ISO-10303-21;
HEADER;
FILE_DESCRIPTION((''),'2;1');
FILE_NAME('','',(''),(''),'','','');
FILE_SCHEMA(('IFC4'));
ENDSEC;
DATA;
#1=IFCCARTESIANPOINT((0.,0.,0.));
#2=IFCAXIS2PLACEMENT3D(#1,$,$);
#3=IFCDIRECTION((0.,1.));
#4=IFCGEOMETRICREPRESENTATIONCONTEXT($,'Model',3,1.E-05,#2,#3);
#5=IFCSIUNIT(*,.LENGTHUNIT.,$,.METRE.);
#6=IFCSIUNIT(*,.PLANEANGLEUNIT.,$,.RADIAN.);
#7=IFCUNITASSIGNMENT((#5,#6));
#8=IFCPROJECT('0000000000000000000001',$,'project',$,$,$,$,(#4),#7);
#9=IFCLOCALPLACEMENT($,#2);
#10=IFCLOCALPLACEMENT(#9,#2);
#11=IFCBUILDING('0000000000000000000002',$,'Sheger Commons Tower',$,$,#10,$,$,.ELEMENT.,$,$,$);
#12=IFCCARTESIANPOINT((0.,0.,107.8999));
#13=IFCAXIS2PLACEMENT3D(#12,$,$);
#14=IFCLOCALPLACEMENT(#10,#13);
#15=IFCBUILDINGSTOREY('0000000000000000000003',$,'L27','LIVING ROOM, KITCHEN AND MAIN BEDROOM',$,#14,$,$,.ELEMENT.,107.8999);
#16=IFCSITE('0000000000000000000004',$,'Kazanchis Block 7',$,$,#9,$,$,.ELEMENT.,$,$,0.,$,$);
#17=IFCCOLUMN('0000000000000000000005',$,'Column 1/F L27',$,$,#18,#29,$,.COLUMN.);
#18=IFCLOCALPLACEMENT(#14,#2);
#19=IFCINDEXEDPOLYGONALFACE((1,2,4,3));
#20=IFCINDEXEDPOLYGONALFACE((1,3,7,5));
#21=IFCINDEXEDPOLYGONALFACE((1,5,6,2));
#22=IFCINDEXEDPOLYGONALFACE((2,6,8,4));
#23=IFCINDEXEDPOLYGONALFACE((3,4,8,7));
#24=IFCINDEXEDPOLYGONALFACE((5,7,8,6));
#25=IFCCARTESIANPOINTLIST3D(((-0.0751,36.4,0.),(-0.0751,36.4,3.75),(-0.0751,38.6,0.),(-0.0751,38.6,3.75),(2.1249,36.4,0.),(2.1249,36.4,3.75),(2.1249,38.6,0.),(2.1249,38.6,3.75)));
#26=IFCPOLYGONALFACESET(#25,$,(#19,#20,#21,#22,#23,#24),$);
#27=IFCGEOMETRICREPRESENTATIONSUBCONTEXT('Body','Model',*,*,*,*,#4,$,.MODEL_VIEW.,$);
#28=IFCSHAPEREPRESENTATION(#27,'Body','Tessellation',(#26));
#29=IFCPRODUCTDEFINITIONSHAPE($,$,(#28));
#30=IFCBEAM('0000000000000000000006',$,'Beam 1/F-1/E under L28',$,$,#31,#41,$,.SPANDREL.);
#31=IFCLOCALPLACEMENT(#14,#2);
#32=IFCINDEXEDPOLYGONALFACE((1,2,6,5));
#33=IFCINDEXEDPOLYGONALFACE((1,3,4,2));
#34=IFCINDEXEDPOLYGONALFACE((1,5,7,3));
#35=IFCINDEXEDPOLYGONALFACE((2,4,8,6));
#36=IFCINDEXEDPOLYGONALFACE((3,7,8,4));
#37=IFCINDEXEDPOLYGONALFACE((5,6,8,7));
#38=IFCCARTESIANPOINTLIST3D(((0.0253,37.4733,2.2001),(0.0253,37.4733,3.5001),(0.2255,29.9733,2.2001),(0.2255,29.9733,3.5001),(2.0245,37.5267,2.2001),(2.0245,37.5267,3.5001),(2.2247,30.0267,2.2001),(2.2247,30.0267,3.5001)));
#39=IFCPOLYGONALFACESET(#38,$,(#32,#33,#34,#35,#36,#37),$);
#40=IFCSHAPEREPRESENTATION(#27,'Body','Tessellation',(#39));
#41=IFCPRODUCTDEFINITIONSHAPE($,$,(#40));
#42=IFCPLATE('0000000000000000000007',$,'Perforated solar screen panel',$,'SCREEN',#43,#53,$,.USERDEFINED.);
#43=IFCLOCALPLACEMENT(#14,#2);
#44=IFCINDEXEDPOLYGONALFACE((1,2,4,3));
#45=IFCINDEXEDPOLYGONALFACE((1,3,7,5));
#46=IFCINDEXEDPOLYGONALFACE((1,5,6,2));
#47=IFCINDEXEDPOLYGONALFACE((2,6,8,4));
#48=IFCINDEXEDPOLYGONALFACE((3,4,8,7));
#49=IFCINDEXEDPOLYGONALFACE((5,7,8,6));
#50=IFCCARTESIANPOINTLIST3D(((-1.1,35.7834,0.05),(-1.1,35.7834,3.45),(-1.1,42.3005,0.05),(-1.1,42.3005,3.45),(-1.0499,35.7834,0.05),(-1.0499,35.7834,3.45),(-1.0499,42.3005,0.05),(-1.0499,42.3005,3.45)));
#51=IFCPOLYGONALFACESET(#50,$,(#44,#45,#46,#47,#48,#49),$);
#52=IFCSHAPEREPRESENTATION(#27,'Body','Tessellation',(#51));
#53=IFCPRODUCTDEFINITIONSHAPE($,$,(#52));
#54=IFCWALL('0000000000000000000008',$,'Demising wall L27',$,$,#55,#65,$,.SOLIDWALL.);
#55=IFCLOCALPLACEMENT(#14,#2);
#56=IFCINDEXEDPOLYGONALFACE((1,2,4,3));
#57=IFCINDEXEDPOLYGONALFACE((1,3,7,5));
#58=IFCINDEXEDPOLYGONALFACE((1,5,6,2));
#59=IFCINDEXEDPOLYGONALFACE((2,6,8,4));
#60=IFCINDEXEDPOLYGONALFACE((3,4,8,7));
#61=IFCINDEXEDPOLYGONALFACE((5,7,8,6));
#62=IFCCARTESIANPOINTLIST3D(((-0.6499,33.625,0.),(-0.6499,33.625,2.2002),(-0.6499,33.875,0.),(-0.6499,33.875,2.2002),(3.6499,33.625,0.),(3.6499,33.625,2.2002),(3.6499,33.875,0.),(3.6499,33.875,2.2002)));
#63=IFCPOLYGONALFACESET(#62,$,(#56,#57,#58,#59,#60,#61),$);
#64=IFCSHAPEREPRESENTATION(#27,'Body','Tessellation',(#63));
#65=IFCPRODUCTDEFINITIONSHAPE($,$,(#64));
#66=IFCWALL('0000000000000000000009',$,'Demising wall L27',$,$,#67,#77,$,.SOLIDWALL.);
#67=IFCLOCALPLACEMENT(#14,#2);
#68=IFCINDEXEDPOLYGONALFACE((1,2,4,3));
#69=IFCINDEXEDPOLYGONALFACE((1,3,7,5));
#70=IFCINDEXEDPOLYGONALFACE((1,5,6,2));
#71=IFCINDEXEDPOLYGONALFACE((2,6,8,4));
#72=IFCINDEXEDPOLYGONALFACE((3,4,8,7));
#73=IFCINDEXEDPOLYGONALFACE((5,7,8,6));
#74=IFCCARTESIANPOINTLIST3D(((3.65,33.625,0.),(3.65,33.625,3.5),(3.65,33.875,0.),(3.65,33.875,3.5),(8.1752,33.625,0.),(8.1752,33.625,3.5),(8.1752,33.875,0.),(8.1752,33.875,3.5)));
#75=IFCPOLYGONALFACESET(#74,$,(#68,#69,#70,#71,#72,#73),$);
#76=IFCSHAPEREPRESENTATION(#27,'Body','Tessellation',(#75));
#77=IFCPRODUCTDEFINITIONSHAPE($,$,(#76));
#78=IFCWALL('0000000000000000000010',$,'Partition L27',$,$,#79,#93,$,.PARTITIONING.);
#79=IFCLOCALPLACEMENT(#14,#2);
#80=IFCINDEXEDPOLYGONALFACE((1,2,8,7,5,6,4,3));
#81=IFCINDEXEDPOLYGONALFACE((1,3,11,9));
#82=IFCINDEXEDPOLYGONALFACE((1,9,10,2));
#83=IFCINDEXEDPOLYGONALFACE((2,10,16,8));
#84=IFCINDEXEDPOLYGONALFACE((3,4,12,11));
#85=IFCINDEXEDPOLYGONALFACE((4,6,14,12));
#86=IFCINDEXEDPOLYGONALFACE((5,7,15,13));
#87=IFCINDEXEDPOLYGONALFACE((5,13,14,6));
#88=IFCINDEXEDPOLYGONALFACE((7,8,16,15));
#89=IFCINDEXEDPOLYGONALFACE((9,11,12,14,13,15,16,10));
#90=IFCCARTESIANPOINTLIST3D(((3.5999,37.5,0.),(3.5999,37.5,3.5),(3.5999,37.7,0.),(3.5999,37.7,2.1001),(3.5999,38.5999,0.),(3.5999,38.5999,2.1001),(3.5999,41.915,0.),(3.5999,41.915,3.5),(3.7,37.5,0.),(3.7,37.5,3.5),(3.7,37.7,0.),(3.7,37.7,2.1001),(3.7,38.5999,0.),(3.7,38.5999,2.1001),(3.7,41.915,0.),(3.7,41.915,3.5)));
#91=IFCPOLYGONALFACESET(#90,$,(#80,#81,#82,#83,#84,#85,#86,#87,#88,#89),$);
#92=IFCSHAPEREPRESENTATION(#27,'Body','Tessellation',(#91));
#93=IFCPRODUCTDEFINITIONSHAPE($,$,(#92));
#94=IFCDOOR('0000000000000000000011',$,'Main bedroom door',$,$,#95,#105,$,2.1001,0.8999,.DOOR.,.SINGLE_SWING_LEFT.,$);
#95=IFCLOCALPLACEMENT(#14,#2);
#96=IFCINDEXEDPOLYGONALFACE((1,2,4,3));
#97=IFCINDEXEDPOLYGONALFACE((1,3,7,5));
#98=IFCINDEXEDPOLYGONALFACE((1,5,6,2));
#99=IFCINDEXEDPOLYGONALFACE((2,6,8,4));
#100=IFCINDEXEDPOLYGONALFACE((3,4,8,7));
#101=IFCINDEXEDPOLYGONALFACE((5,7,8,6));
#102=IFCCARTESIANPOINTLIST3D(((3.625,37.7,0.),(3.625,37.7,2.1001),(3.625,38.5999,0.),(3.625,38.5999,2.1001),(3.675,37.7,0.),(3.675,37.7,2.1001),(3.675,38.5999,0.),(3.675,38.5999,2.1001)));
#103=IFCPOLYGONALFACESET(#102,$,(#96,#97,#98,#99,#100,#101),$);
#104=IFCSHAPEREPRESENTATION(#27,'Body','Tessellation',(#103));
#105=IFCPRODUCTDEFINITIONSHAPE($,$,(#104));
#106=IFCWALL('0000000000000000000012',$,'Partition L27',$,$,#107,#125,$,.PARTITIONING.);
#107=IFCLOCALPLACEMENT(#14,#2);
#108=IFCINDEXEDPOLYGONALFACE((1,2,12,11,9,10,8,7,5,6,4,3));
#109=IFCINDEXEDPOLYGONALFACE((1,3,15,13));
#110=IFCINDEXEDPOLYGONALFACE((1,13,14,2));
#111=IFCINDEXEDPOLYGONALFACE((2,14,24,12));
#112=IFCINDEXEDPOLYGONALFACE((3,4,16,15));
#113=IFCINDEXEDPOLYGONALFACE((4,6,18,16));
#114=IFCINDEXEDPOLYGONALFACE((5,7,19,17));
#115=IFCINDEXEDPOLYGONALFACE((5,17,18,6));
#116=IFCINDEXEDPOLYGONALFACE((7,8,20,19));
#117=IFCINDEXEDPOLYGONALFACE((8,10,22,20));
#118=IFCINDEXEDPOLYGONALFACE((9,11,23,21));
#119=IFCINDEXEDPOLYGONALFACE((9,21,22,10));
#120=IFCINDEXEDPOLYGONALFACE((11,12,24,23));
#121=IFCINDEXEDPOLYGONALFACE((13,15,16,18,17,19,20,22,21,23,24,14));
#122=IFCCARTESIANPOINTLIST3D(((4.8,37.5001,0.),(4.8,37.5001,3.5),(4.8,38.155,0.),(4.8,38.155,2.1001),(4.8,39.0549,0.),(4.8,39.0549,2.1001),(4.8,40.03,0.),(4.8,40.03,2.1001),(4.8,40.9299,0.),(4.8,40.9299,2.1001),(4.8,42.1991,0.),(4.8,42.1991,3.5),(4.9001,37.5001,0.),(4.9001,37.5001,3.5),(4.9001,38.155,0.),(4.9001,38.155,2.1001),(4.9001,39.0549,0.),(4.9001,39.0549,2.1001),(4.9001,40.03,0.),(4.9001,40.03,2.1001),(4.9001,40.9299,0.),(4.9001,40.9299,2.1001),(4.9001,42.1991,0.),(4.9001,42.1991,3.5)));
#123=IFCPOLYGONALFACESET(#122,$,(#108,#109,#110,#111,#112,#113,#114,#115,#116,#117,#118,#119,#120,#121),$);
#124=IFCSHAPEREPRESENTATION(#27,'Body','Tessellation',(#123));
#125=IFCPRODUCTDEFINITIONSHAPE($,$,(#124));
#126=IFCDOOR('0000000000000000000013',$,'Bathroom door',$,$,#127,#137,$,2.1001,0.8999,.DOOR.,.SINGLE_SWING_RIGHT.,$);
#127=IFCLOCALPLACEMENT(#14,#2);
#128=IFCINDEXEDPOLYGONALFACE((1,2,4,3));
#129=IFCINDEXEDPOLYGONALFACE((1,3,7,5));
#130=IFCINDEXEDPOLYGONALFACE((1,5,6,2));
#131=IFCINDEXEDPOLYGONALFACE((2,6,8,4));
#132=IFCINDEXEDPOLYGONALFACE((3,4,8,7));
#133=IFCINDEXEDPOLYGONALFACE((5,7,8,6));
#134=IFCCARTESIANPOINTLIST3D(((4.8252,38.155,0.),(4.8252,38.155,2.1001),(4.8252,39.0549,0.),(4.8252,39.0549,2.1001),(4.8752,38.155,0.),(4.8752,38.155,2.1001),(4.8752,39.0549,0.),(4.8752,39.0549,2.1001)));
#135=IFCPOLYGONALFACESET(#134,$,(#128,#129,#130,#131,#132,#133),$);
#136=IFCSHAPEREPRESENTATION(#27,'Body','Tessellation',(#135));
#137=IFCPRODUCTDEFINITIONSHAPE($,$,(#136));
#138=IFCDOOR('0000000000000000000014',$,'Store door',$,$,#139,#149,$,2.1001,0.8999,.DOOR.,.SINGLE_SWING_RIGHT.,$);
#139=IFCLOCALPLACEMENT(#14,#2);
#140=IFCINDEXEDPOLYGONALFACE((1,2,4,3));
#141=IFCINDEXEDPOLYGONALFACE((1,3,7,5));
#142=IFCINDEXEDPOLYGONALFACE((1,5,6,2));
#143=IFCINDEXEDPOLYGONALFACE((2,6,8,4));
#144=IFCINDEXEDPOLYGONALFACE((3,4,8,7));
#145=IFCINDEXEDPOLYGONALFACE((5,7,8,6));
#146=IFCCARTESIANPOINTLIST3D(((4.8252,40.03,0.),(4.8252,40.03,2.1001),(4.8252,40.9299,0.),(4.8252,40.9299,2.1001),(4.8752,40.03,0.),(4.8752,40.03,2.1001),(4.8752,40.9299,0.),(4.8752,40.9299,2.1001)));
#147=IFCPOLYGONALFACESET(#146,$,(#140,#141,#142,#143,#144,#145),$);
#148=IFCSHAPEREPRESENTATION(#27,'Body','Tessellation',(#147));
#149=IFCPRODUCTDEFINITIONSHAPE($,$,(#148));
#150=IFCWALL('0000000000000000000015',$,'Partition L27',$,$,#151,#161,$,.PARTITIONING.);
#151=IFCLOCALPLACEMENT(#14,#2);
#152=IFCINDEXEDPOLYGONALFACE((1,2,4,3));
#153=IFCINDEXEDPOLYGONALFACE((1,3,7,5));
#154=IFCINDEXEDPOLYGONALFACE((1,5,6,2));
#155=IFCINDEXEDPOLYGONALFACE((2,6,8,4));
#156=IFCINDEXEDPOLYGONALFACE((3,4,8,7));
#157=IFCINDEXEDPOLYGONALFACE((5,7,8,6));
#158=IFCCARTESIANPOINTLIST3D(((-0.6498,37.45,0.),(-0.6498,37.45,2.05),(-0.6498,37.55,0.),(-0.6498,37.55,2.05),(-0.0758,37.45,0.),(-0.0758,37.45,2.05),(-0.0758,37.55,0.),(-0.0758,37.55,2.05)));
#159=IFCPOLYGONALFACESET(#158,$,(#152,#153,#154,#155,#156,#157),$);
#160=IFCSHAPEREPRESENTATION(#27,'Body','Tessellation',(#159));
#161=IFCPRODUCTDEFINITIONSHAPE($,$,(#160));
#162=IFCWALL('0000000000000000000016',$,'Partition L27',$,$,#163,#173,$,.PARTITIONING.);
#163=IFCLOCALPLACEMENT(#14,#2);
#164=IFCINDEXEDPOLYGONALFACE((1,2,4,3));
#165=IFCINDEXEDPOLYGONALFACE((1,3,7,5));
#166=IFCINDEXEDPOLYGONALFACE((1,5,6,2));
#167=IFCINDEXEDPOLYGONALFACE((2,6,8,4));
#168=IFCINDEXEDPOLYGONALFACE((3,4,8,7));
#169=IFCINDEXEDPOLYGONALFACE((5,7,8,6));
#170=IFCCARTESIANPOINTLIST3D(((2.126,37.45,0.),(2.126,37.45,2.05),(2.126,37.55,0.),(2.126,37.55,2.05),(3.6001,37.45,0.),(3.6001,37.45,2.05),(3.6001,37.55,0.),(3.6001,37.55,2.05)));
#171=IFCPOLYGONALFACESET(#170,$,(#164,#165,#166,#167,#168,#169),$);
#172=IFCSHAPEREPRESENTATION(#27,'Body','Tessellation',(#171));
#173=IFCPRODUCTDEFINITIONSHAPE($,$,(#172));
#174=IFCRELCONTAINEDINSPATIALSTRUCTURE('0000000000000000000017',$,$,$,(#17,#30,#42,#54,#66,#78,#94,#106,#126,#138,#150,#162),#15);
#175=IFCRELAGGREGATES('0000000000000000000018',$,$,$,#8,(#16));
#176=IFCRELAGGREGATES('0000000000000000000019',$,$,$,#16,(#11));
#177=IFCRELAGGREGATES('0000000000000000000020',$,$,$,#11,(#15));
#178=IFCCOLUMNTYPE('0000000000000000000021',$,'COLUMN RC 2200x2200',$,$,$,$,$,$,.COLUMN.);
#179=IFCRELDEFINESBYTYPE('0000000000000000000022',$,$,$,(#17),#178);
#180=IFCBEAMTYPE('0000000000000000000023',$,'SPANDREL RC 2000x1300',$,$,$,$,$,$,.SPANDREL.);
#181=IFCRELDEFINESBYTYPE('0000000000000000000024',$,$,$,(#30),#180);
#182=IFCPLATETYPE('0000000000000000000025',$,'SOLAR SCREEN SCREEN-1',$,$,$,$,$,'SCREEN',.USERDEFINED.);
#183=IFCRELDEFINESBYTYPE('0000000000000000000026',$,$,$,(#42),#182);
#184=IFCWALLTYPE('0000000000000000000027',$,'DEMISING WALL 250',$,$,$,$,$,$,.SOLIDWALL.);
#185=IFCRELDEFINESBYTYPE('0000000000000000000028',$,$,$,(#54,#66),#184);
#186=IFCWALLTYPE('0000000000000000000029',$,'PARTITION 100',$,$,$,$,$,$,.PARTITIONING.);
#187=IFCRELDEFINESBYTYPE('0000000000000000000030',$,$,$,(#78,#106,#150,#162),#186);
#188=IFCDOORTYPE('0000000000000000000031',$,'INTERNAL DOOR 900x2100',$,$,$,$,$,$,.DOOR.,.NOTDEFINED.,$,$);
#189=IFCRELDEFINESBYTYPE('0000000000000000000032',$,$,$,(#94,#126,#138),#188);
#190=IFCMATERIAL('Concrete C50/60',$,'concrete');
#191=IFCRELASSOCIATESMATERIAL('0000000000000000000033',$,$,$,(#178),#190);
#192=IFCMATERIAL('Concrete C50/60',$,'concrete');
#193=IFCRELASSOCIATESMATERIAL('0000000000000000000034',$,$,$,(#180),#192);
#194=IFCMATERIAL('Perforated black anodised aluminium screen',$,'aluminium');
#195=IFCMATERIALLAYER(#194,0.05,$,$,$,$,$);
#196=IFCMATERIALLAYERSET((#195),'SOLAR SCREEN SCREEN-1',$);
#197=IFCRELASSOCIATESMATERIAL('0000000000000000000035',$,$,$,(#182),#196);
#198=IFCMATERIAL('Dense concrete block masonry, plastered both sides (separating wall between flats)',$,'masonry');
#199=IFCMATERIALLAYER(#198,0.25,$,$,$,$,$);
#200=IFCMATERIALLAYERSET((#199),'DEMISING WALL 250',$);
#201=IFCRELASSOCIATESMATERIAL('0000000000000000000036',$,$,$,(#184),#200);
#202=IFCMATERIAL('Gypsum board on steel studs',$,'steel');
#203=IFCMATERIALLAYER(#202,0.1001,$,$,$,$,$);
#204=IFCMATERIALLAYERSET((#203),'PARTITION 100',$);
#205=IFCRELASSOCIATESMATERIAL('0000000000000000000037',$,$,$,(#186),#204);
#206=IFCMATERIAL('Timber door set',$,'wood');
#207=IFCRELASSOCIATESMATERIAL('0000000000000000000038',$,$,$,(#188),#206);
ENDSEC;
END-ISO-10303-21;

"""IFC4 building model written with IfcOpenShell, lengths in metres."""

from ifc_helpers import new_model, si_unit, direction, frame, frame_2d, origin, origin_2d, place, context, subcontext, project, spatial, rectangle, extrude, material, layer, layer_set, material_profile, profile_set, type_object, element, fill, save


model = new_model("IFC4")

# Units and contexts
model_context = context("Model", 3, precision=1e-05, world=origin(), true_north=direction((0.0, 1.0)))
body_context = subcontext(model_context, "Body", "Model", "MODEL_VIEW")
ifc_project = project(units=[si_unit("LENGTHUNIT", "METRE"), si_unit("PLANEANGLEUNIT", "RADIAN")], contexts=[model_context])

# Site, building, storey
site_placement = place(None, origin())
site = spatial("IfcSite", under=ifc_project, at=site_placement, Name="Kazanchis Block 7", CompositionType="ELEMENT", RefElevation=0.0)
building_placement = place(site_placement, origin())
building = spatial("IfcBuilding", under=site, at=building_placement, Name="Sheger Commons Tower", CompositionType="ELEMENT")
storey_placement = place(building_placement, frame((0.0, 0.0, 107.8999)))
storey = spatial("IfcBuildingStorey", under=building, at=storey_placement, Name="L27", Description="LIVING ROOM, KITCHEN AND MAIN BEDROOM", CompositionType="ELEMENT", Elevation=107.8999)

# Column
ifc_material_1 = material(Name="Concrete C50/60", Category="concrete")
ifc_material_profile_1 = material_profile(ifc_material_1, rectangle(XDim=2.2, YDim=2.2, at=origin_2d()), Name="RC 2200x2200")
ifc_profile_set_1 = profile_set([ifc_material_profile_1], Name="Concrete C50/60")
column_type = type_object("IfcColumnType", Name="COLUMN RC 2200x2200", PredefinedType="COLUMN", material=ifc_profile_set_1)
column_placement = place(storey_placement, frame((1.0249, 37.5, 0.0), z_axis=(0.0, 0.0, 1.0), x_axis=(1.0, 0.0, 0.0)))
element("IfcColumn", 1, at=column_placement, inside=storey, type_object=column_type, Name="Column 1/F L27", PredefinedType="COLUMN", context=body_context, shape_type="SweptSolid", body=[
    extrude(rectangle(XDim=2.2, YDim=2.2, at=origin_2d()), origin(), (0.0, 0.0, 1.0), 3.75),
])

# Beam
ifc_material_2 = material(Name="Concrete C50/60", Category="concrete")
ifc_material_profile_2 = material_profile(ifc_material_2, rectangle(XDim=2.0, YDim=1.3, at=origin_2d()), Name="RC 2000x1300")
ifc_profile_set_2 = profile_set([ifc_material_profile_2], Name="Concrete C50/60")
beam_type = type_object("IfcBeamType", Name="SPANDREL RC 2000x1300", PredefinedType="SPANDREL", material=ifc_profile_set_2)
beam_placement = place(storey_placement, frame((1.0249, 37.5, 2.8501), z_axis=(0.026683, -0.999644, 0.0), x_axis=(0.999644, 0.026683, 0.0)))
element("IfcBeam", 2, at=beam_placement, inside=storey, type_object=beam_type, Name="Beam 1/F-1/E under L28", PredefinedType="SPANDREL", context=body_context, shape_type="SweptSolid", body=[
    extrude(rectangle(XDim=2.0, YDim=1.3, at=origin_2d()), origin(), (0.0, 0.0, 1.0), 7.5027),
])

# Plate
ifc_material_3 = material(Name="Perforated black anodised aluminium screen", Category="aluminium")
ifc_layer_1 = layer(ifc_material_3, 0.05)
ifc_layer_set_1 = layer_set([ifc_layer_1], Name="SOLAR SCREEN SCREEN-1")
plate_type = type_object("IfcPlateType", Name="SOLAR SCREEN SCREEN-1", ElementType="SCREEN", PredefinedType="USERDEFINED", material=ifc_layer_set_1)
plate_placement = place(storey_placement, frame((-1.075, 39.042, 0.05), z_axis=(0.0, 0.0, 1.0), x_axis=(0.0, -1.0, 0.0)))
element("IfcPlate", 3, at=plate_placement, inside=storey, type_object=plate_type, Name="Perforated solar screen panel", ObjectType="SCREEN", PredefinedType="USERDEFINED", context=body_context, shape_type="SweptSolid", body=[
    extrude(rectangle(XDim=6.5171, YDim=0.05, at=origin_2d()), origin(), (0.0, 0.0, 1.0), 3.3999),
])

# Walls
ifc_material_4 = material(Name="Dense concrete block masonry, plastered both sides (separating wall between flats)", Category="masonry")
ifc_layer_2 = layer(ifc_material_4, 0.25)
ifc_layer_set_2 = layer_set([ifc_layer_2], Name="DEMISING WALL 250")
wall_type_1 = type_object("IfcWallType", Name="DEMISING WALL 250", PredefinedType="SOLIDWALL", material=ifc_layer_set_2)
wall_1_placement = place(storey_placement, frame((-0.6499, 33.75, 0.0), z_axis=(0.0, 0.0, 1.0), x_axis=(1.0, 0.0, 0.0)))
element("IfcWall", 4, at=wall_1_placement, inside=storey, type_object=wall_type_1, Name="Demising wall L27", PredefinedType="SOLIDWALL", context=body_context, shape_type="SweptSolid", body=[
    extrude(rectangle(XDim=4.2998, YDim=0.25, at=frame_2d((2.1499, 0.0))), origin(), (0.0, 0.0, 1.0), 2.2002),
])
wall_2_placement = place(storey_placement, frame((3.6499, 33.75, 0.0), z_axis=(0.0, 0.0, 1.0), x_axis=(1.0, 0.0, 0.0)))
element("IfcWall", 5, at=wall_2_placement, inside=storey, type_object=wall_type_1, Name="Demising wall L27", PredefinedType="SOLIDWALL", context=body_context, shape_type="SweptSolid", body=[
    extrude(rectangle(XDim=4.5251, YDim=0.25, at=frame_2d((2.2627, 0.0))), origin(), (0.0, 0.0, 1.0), 3.5),
])

# Wall, opening, door
ifc_material_5 = material(Name="Gypsum board on steel studs", Category="steel")
ifc_layer_3 = layer(ifc_material_5, 0.1001)
ifc_layer_set_3 = layer_set([ifc_layer_3], Name="PARTITION 100")
wall_type_2 = type_object("IfcWallType", Name="PARTITION 100", PredefinedType="PARTITIONING", material=ifc_layer_set_3)
wall_3_placement = place(storey_placement, frame((3.6499, 37.5, 0.0), z_axis=(0.0, 0.0, 1.0), x_axis=(0.0, 1.0, 0.0)))
wall_3 = element("IfcWall", 6, at=wall_3_placement, inside=storey, type_object=wall_type_2, Name="Partition L27", PredefinedType="PARTITIONING", context=body_context, shape_type="SweptSolid", body=[
    extrude(rectangle(XDim=4.415, YDim=0.1001, at=frame_2d((2.2075, 0.0))), origin(), (0.0, 0.0, 1.0), 3.5),
])
opening_1_placement = place(wall_3_placement, frame((0.2, 0.0, 0.0)))
opening_1 = element("IfcOpeningElement", 7, at=opening_1_placement, cuts=wall_3, PredefinedType="OPENING", context=body_context, shape_type="SweptSolid", body=[
    extrude(rectangle(XDim=0.8999, YDim=2.1001, at=frame_2d((0.45, 1.05))), frame((0.0, 0.0601, 0.0), z_axis=(0.0, -1.0, 0.0), x_axis=(1.0, 0.0, 0.0)), (0.0, 0.0, 1.0), 0.1201),
])
ifc_material_6 = material(Name="Timber door set", Category="wood")
door_type = type_object("IfcDoorType", Name="INTERNAL DOOR 900x2100", OperationType="NOTDEFINED", PredefinedType="DOOR", material=ifc_material_6)
door_1_placement = place(opening_1_placement, origin())
door_1 = element("IfcDoor", 8, at=door_1_placement, inside=storey, type_object=door_type, Name="Main bedroom door", OperationType="SINGLE_SWING_LEFT", OverallHeight=2.1001, OverallWidth=0.8999, PredefinedType="DOOR", context=body_context, shape_type="SweptSolid", body=[
    extrude(rectangle(XDim=0.8999, YDim=2.1001, at=frame_2d((0.45, 1.05))), frame((0.0, 0.0249, 0.0), z_axis=(0.0, -1.0, 0.0), x_axis=(1.0, 0.0, 0.0)), (0.0, 0.0, 1.0), 0.05),
])
fill(opening_1, door_1)

# Wall, openings, doors
wall_4_placement = place(storey_placement, frame((4.8501, 37.5, 0.0), z_axis=(0.0, 0.0, 1.0), x_axis=(0.0, 1.0, 0.0)))
wall_4 = element("IfcWall", 9, at=wall_4_placement, inside=storey, type_object=wall_type_2, Name="Partition L27", PredefinedType="PARTITIONING", context=body_context, shape_type="SweptSolid", body=[
    extrude(rectangle(XDim=4.699, YDim=0.1001, at=frame_2d((2.3496, 0.0))), origin(), (0.0, 0.0, 1.0), 3.5),
])
opening_2_placement = place(wall_4_placement, frame((0.655, 0.0, 0.0)))
opening_2 = element("IfcOpeningElement", 10, at=opening_2_placement, cuts=wall_4, PredefinedType="OPENING", context=body_context, shape_type="SweptSolid", body=[
    extrude(rectangle(XDim=0.8999, YDim=2.1001, at=frame_2d((0.45, 1.05))), frame((0.0, 0.0601, 0.0), z_axis=(0.0, -1.0, 0.0), x_axis=(1.0, 0.0, 0.0)), (0.0, 0.0, 1.0), 0.1201),
])
opening_3_placement = place(wall_4_placement, frame((2.53, 0.0, 0.0)))
opening_3 = element("IfcOpeningElement", 11, at=opening_3_placement, cuts=wall_4, PredefinedType="OPENING", context=body_context, shape_type="SweptSolid", body=[
    extrude(rectangle(XDim=0.8999, YDim=2.1001, at=frame_2d((0.45, 1.05))), frame((0.0, 0.0601, 0.0), z_axis=(0.0, -1.0, 0.0), x_axis=(1.0, 0.0, 0.0)), (0.0, 0.0, 1.0), 0.1201),
])
door_2_placement = place(opening_2_placement, origin())
door_2 = element("IfcDoor", 12, at=door_2_placement, inside=storey, type_object=door_type, Name="Bathroom door", OperationType="SINGLE_SWING_RIGHT", OverallHeight=2.1001, OverallWidth=0.8999, PredefinedType="DOOR", context=body_context, shape_type="SweptSolid", body=[
    extrude(rectangle(XDim=0.8999, YDim=2.1001, at=frame_2d((0.45, 1.05))), frame((0.0, 0.0249, 0.0), z_axis=(0.0, -1.0, 0.0), x_axis=(1.0, 0.0, 0.0)), (0.0, 0.0, 1.0), 0.05),
])
fill(opening_2, door_2)
door_3_placement = place(opening_3_placement, origin())
door_3 = element("IfcDoor", 13, at=door_3_placement, inside=storey, type_object=door_type, Name="Store door", OperationType="SINGLE_SWING_RIGHT", OverallHeight=2.1001, OverallWidth=0.8999, PredefinedType="DOOR", context=body_context, shape_type="SweptSolid", body=[
    extrude(rectangle(XDim=0.8999, YDim=2.1001, at=frame_2d((0.45, 1.05))), frame((0.0, 0.0249, 0.0), z_axis=(0.0, -1.0, 0.0), x_axis=(1.0, 0.0, 0.0)), (0.0, 0.0, 1.0), 0.05),
])
fill(opening_3, door_3)

# Walls
wall_5_placement = place(storey_placement, frame((-0.6499, 37.5, 0.0), z_axis=(0.0, 0.0, 1.0), x_axis=(1.0, 0.0, 0.0)))
element("IfcWall", 14, at=wall_5_placement, inside=storey, type_object=wall_type_2, Name="Partition L27", PredefinedType="PARTITIONING", context=body_context, shape_type="SweptSolid", body=[
    extrude(rectangle(XDim=0.574, YDim=0.1001, at=frame_2d((0.2871, 0.0))), origin(), (0.0, 0.0, 1.0), 2.05),
])
wall_6_placement = place(storey_placement, frame((2.126, 37.5, 0.0), z_axis=(0.0, 0.0, 1.0), x_axis=(1.0, 0.0, 0.0)))
element("IfcWall", 15, at=wall_6_placement, inside=storey, type_object=wall_type_2, Name="Partition L27", PredefinedType="PARTITIONING", context=body_context, shape_type="SweptSolid", body=[
    extrude(rectangle(XDim=1.4741, YDim=0.1001, at=frame_2d((0.7371, 0.0))), origin(), (0.0, 0.0, 1.0), 2.05),
])

save(model, "model.ifc")
